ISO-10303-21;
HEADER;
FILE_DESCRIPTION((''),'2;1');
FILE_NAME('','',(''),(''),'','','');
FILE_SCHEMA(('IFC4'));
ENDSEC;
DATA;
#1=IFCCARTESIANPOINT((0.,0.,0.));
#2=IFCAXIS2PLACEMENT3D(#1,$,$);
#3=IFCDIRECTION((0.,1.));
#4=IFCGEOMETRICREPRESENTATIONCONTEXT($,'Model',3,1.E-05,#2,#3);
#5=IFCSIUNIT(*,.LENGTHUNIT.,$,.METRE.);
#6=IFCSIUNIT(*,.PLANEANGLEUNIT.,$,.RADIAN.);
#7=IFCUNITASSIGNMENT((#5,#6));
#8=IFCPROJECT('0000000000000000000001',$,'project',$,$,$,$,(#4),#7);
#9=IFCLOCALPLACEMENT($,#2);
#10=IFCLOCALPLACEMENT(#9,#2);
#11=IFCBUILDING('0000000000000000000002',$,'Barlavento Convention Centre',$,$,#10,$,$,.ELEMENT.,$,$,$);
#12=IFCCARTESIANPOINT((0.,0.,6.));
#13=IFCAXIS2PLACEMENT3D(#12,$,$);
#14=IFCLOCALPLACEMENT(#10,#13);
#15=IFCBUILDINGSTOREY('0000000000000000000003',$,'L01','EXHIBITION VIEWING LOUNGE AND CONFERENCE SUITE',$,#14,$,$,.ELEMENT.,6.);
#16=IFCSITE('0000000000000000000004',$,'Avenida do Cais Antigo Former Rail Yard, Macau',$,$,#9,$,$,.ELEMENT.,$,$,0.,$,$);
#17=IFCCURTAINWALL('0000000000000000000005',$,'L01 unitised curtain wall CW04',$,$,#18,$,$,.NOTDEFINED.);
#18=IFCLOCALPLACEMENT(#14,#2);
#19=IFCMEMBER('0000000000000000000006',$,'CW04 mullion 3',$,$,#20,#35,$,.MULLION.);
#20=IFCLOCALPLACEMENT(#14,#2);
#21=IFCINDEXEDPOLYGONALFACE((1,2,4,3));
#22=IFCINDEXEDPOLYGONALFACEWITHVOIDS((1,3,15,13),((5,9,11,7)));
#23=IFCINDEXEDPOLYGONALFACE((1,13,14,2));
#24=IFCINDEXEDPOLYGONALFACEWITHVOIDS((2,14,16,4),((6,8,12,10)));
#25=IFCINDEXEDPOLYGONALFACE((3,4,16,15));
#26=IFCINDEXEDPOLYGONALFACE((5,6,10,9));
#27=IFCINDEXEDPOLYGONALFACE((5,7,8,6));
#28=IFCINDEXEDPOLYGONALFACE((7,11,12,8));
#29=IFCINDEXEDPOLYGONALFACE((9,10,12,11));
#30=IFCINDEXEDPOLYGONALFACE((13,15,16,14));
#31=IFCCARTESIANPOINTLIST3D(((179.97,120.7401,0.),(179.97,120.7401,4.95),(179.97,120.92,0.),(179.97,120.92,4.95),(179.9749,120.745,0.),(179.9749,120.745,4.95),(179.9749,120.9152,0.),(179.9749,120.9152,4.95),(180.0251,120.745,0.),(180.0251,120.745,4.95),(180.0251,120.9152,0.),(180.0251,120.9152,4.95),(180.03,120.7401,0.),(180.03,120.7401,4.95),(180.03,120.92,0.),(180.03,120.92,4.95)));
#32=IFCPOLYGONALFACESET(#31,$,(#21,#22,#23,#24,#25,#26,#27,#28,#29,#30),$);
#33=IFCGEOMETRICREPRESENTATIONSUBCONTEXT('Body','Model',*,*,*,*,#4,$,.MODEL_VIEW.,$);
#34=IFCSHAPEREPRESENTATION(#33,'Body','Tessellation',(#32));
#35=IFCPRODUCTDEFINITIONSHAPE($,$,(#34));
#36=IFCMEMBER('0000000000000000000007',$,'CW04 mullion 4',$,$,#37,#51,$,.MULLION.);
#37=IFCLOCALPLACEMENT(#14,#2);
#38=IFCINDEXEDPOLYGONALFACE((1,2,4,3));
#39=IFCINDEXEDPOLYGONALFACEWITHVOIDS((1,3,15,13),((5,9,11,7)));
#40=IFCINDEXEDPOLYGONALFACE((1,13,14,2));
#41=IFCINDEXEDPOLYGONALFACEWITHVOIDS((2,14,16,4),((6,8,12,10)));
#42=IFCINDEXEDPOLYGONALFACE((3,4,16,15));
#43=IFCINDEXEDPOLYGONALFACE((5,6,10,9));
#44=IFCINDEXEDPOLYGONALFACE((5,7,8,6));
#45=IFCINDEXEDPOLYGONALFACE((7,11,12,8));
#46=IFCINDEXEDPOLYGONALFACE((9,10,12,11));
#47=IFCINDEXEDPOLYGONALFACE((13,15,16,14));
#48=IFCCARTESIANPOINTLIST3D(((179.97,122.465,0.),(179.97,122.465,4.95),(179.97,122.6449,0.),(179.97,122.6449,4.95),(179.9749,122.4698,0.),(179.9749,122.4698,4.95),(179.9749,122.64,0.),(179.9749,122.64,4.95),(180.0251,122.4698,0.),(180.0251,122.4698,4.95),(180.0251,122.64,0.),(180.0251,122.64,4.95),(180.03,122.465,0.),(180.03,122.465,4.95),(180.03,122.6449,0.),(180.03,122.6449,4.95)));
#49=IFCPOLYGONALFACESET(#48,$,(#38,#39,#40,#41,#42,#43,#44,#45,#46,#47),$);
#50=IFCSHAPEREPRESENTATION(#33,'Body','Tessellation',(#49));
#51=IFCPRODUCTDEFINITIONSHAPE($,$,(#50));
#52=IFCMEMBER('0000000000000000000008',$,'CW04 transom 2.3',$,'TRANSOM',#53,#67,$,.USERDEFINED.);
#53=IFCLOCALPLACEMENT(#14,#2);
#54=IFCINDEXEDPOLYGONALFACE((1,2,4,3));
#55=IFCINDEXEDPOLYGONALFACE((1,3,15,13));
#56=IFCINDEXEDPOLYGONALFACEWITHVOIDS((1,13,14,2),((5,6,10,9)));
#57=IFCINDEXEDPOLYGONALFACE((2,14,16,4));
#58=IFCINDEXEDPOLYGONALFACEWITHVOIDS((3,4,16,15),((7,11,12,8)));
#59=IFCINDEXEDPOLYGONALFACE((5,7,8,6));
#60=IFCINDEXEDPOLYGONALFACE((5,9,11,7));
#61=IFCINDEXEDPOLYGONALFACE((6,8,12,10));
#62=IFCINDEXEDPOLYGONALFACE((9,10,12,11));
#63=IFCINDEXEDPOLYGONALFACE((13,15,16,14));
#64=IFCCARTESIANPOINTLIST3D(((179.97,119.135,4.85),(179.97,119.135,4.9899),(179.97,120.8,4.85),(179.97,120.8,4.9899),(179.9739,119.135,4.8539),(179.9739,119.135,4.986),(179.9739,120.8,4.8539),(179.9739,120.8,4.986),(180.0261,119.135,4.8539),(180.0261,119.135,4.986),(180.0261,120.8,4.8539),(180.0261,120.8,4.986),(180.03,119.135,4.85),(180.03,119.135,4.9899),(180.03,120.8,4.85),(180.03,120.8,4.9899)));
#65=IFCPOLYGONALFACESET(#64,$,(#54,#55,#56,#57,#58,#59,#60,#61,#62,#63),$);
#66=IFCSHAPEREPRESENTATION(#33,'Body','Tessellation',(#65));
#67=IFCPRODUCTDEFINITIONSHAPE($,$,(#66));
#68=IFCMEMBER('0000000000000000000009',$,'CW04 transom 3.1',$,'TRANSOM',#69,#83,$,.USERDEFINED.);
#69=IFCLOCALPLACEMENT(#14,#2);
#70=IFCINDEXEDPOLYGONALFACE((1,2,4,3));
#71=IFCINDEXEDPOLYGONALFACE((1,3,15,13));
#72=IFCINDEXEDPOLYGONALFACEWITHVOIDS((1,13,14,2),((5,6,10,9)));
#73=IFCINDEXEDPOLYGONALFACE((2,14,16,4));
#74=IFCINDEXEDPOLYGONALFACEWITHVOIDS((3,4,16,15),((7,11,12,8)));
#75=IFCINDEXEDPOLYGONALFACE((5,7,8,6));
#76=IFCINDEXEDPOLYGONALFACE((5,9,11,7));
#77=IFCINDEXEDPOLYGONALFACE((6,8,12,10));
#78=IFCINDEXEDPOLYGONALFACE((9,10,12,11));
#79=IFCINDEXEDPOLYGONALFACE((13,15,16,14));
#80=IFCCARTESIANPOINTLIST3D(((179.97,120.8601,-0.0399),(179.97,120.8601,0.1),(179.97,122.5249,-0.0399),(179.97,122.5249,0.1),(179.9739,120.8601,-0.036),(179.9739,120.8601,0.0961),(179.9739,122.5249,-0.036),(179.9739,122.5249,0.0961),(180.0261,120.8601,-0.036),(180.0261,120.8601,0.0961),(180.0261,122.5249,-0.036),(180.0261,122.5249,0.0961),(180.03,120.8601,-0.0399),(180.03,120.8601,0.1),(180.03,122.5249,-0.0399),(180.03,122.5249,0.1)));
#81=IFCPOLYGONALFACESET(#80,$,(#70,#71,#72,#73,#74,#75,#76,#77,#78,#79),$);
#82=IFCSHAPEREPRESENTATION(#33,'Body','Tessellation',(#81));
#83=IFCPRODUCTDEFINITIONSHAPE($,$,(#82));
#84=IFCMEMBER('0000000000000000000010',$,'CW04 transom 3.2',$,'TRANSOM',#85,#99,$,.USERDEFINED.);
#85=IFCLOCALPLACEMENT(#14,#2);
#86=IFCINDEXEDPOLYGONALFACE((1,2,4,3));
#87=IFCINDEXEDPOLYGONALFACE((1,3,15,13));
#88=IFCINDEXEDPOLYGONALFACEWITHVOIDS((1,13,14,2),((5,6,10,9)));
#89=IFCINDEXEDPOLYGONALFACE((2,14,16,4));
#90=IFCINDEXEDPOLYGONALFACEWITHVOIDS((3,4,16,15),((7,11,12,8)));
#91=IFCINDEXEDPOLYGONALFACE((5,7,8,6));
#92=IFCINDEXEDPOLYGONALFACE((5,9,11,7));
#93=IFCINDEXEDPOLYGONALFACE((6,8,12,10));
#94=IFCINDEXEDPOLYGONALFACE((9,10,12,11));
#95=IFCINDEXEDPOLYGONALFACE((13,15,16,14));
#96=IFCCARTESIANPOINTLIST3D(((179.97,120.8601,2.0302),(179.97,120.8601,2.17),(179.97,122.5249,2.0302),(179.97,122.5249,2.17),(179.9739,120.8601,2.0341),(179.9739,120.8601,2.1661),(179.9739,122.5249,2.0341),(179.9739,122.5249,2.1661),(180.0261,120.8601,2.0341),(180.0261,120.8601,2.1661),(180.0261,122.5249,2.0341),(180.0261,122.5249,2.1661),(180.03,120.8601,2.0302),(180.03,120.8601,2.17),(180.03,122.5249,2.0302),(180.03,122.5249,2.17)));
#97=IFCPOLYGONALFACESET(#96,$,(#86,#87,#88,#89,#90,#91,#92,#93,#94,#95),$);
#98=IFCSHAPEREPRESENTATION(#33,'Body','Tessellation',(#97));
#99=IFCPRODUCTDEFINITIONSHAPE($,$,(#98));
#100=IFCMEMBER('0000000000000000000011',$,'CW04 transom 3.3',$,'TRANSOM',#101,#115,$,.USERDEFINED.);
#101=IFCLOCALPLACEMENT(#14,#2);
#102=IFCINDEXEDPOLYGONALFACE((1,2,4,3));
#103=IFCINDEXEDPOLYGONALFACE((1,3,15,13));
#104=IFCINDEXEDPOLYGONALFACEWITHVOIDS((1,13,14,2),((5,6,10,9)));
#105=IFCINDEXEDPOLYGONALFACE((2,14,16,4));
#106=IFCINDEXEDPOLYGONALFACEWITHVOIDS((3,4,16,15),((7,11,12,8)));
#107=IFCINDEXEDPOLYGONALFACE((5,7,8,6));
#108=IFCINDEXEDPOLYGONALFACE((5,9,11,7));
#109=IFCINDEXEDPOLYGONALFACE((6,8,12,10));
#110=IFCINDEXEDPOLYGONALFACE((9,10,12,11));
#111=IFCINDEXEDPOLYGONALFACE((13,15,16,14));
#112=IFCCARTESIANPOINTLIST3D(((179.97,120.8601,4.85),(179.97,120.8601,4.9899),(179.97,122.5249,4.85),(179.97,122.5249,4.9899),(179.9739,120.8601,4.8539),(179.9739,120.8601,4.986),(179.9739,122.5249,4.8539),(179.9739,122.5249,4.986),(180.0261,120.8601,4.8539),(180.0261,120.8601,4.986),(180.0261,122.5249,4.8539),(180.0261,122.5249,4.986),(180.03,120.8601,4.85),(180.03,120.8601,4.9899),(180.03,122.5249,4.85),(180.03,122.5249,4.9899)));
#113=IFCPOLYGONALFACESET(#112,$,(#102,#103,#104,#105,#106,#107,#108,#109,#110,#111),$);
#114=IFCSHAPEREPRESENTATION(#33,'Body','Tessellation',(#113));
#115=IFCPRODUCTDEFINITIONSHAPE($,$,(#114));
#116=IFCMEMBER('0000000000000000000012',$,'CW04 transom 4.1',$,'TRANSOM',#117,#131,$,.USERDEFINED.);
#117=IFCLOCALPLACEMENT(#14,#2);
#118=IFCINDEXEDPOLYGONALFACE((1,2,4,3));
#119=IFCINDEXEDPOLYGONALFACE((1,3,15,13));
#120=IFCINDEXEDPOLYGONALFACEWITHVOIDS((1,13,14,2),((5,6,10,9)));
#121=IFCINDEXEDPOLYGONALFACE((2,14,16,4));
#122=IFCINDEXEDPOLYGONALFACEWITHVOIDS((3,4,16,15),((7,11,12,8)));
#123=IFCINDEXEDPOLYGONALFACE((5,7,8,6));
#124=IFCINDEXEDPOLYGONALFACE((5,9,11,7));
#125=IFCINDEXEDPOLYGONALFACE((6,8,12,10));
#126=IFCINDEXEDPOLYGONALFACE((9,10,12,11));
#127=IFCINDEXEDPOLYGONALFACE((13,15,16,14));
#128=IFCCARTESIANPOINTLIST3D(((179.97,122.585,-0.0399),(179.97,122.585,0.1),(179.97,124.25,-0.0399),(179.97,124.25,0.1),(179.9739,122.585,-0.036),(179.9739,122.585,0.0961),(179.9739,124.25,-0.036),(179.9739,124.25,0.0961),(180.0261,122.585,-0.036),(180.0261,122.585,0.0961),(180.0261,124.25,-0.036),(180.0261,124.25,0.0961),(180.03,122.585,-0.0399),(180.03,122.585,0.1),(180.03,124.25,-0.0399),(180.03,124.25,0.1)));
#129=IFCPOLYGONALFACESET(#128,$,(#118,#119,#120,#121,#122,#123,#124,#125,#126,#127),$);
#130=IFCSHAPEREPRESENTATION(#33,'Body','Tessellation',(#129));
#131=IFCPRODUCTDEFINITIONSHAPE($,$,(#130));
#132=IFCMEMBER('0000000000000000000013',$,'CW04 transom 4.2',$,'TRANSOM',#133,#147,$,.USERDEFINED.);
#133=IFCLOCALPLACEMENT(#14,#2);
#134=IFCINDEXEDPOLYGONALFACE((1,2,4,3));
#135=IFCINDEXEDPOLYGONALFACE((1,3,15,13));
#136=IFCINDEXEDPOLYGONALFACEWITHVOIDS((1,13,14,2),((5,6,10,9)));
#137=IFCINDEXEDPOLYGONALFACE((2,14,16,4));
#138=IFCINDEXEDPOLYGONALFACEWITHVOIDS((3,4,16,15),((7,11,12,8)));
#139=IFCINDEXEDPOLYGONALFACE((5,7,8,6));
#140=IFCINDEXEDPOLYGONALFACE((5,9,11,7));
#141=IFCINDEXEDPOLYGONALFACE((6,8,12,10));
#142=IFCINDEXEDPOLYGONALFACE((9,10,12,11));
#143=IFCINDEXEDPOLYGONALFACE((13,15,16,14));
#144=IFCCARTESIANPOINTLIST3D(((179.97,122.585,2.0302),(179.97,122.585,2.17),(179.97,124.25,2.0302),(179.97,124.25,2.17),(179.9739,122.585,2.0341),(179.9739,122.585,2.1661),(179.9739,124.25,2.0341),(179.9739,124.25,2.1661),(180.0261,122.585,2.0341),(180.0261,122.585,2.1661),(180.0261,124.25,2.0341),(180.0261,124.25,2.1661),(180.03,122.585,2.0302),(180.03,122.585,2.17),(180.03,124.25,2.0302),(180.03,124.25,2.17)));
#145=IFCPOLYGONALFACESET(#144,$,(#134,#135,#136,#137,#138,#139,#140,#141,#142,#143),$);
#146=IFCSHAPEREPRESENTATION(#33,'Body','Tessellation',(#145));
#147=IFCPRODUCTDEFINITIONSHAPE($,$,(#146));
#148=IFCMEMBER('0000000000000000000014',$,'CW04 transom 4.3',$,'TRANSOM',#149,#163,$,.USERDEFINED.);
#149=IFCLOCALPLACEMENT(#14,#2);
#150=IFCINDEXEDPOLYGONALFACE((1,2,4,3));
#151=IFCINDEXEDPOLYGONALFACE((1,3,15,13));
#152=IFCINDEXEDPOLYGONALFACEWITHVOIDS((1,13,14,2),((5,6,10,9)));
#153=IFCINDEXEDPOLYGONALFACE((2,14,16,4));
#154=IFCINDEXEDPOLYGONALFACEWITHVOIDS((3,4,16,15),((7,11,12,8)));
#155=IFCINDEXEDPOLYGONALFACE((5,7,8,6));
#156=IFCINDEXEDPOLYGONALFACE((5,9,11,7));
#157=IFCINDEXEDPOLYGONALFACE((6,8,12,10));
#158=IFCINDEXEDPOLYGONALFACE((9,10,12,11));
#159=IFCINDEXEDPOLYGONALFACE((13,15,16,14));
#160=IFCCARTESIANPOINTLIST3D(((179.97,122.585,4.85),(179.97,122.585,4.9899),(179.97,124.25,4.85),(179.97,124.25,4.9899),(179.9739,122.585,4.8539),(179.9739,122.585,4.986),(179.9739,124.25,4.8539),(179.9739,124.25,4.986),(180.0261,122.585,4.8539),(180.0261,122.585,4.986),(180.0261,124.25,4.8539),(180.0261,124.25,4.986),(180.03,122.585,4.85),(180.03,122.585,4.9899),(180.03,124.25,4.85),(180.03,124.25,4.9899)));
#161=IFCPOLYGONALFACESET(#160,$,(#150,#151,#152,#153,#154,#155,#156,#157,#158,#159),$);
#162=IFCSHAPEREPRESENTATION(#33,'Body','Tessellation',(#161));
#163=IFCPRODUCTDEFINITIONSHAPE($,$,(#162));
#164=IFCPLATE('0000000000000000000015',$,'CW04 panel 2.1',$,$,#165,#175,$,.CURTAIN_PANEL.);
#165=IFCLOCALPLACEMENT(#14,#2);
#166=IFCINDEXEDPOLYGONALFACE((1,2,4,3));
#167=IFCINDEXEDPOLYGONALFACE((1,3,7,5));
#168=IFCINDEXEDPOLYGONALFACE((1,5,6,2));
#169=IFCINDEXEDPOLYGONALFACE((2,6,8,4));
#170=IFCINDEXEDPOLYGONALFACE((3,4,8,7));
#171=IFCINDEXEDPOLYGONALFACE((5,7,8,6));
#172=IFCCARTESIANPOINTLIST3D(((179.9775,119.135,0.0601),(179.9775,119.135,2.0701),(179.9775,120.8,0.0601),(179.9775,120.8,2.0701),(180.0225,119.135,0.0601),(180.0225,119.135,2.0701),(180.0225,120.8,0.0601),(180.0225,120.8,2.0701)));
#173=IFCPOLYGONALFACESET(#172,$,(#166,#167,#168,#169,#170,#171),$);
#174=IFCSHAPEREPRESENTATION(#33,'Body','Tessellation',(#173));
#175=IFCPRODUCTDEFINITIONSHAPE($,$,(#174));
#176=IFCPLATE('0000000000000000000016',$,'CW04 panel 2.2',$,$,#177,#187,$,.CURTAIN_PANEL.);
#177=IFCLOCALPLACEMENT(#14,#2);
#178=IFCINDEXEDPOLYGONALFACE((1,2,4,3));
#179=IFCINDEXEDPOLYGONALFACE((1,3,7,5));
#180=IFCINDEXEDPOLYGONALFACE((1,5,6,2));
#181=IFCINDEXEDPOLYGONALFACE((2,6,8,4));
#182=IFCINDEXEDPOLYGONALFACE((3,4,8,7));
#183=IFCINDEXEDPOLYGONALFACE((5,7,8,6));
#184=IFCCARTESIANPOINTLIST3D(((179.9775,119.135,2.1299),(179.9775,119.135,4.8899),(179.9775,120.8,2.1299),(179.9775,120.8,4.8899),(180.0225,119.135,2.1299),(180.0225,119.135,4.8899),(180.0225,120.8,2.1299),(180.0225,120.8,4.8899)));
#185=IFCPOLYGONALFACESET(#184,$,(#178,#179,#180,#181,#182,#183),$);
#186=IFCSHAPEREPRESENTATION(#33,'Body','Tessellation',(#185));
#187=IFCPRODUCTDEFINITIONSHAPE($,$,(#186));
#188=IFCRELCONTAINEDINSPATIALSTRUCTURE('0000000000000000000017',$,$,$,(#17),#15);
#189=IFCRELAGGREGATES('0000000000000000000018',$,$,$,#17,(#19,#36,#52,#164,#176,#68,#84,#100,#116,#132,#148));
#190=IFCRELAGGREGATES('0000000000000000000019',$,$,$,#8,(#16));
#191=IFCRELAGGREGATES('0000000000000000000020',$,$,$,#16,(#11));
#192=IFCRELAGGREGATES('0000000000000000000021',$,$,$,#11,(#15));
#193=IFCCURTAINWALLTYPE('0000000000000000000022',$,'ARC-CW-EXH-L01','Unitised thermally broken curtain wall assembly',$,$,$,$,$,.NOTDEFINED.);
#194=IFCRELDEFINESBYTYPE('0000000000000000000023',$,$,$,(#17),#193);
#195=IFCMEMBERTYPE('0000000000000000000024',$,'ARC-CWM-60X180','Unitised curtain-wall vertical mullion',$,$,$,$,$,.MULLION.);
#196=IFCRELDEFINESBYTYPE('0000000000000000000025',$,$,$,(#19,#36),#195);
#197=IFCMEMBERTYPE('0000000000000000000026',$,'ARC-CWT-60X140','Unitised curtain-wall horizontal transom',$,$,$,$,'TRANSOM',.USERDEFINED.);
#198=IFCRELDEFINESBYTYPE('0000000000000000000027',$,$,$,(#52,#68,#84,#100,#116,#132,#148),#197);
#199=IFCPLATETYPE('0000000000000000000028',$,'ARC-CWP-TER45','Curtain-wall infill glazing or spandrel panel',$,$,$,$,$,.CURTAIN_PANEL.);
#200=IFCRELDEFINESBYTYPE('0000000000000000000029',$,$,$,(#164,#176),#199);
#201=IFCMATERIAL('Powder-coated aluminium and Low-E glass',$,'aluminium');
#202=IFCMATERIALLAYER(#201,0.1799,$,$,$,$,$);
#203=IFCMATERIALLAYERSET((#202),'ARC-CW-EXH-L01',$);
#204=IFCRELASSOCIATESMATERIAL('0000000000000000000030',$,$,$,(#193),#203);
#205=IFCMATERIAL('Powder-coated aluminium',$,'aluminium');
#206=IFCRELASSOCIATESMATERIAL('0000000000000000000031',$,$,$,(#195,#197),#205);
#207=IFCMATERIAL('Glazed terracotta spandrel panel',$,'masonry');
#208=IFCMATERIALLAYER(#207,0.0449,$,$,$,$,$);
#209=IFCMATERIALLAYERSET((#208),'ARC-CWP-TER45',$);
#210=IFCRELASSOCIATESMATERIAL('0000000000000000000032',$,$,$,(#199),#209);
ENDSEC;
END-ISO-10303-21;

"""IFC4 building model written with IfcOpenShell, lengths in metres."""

from ifc_helpers import new_model, si_unit, direction, frame, origin, origin_2d, place, context, subcontext, project, spatial, rectangle, hollow_rectangle, extrude, material, layer, layer_set, material_profile, profile_set, type_object, element, aggregate, save


model = new_model("IFC4")

# Units and contexts
model_context = context("Model", 3, precision=1e-05, world=origin(), true_north=direction((0.0, 1.0)))
body_context = subcontext(model_context, "Body", "Model", "MODEL_VIEW")
ifc_project = project(units=[si_unit("LENGTHUNIT", "METRE"), si_unit("PLANEANGLEUNIT", "RADIAN")], contexts=[model_context])

# Site, building, storey
site_placement = place(None, origin())
site = spatial("IfcSite", under=ifc_project, at=site_placement, Name="Avenida do Cais Antigo Former Rail Yard, Macau", CompositionType="ELEMENT", RefElevation=0.0)
building_placement = place(site_placement, origin())
building = spatial("IfcBuilding", under=site, at=building_placement, Name="Barlavento Convention Centre", CompositionType="ELEMENT")
storey_placement = place(building_placement, frame((0.0, 0.0, 6.0)))
storey = spatial("IfcBuildingStorey", under=building, at=storey_placement, Name="L01", Description="EXHIBITION VIEWING LOUNGE AND CONFERENCE SUITE", CompositionType="ELEMENT", Elevation=6.0)

# Curtain wall, members, plates
ifc_material_1 = material(Name="Powder-coated aluminium and Low-E glass", Category="aluminium")
ifc_layer_1 = layer(ifc_material_1, 0.1799)
ifc_layer_set_1 = layer_set([ifc_layer_1], Name="ARC-CW-EXH-L01")
curtain_wall_type = type_object("IfcCurtainWallType", Name="ARC-CW-EXH-L01", Description="Unitised thermally broken curtain wall assembly", PredefinedType="NOTDEFINED", material=ifc_layer_set_1)
curtain_wall_placement = place(storey_placement, origin())
curtain_wall = element("IfcCurtainWall", 1, at=curtain_wall_placement, inside=storey, type_object=curtain_wall_type, Name="L01 unitised curtain wall CW04", PredefinedType="NOTDEFINED")
ifc_material_2 = material(Name="Powder-coated aluminium", Category="aluminium")
ifc_material_profile_1 = material_profile(ifc_material_2, hollow_rectangle(XDim=0.0601, YDim=0.1799, WallThickness=0.0049, at=origin_2d()), Name="AL-MULL 60x180x5")
ifc_profile_set_1 = profile_set([ifc_material_profile_1], Name="Powder-coated aluminium")
member_type_1 = type_object("IfcMemberType", Name="ARC-CWM-60X180", Description="Unitised curtain-wall vertical mullion", PredefinedType="MULLION", material=ifc_profile_set_1)
member_1_placement = place(storey_placement, frame((180.0, 120.8301, 0.0), z_axis=(0.0, 0.0, 1.0), x_axis=(-1.0, 0.0, 0.0)))
member_1 = element("IfcMember", 2, at=member_1_placement, type_object=member_type_1, Name="CW04 mullion 3", PredefinedType="MULLION", context=body_context, shape_type="SweptSolid", body=[
    extrude(hollow_rectangle(XDim=0.0601, YDim=0.1799, WallThickness=0.0049, at=origin_2d()), origin(), (0.0, 0.0, 1.0), 4.95),
])
member_2_placement = place(storey_placement, frame((180.0, 122.5549, 0.0), z_axis=(0.0, 0.0, 1.0), x_axis=(-1.0, 0.0, 0.0)))
member_2 = element("IfcMember", 3, at=member_2_placement, type_object=member_type_1, Name="CW04 mullion 4", PredefinedType="MULLION", context=body_context, shape_type="SweptSolid", body=[
    extrude(hollow_rectangle(XDim=0.0601, YDim=0.1799, WallThickness=0.0049, at=origin_2d()), origin(), (0.0, 0.0, 1.0), 4.95),
])
ifc_material_profile_2 = material_profile(ifc_material_2, hollow_rectangle(XDim=0.0601, YDim=0.1399, WallThickness=0.0039, at=origin_2d()), Name="AL-TRAN 60x140x4")
ifc_profile_set_2 = profile_set([ifc_material_profile_2], Name="Powder-coated aluminium")
member_type_2 = type_object("IfcMemberType", Name="ARC-CWT-60X140", Description="Unitised curtain-wall horizontal transom", ElementType="TRANSOM", PredefinedType="USERDEFINED", material=ifc_profile_set_2)
member_3_placement = place(storey_placement, frame((180.0, 119.135, 4.9199), z_axis=(0.0, 1.0, 0.0), x_axis=(-1.0, 0.0, 0.0)))
member_3 = element("IfcMember", 4, at=member_3_placement, type_object=member_type_2, Name="CW04 transom 2.3", ObjectType="TRANSOM", PredefinedType="USERDEFINED", context=body_context, shape_type="SweptSolid", body=[
    extrude(hollow_rectangle(XDim=0.0601, YDim=0.1399, WallThickness=0.0039, at=origin_2d()), origin(), (0.0, 0.0, 1.0), 1.665),
])
member_4_placement = place(storey_placement, frame((180.0, 120.8601, 0.03), z_axis=(0.0, 1.0, 0.0), x_axis=(-1.0, 0.0, 0.0)))
member_4 = element("IfcMember", 5, at=member_4_placement, type_object=member_type_2, Name="CW04 transom 3.1", ObjectType="TRANSOM", PredefinedType="USERDEFINED", context=body_context, shape_type="SweptSolid", body=[
    extrude(hollow_rectangle(XDim=0.0601, YDim=0.1399, WallThickness=0.0039, at=origin_2d()), origin(), (0.0, 0.0, 1.0), 1.6648),
])
member_5_placement = place(storey_placement, frame((180.0, 120.8601, 2.1001), z_axis=(0.0, 1.0, 0.0), x_axis=(-1.0, 0.0, 0.0)))
member_5 = element("IfcMember", 6, at=member_5_placement, type_object=member_type_2, Name="CW04 transom 3.2", ObjectType="TRANSOM", PredefinedType="USERDEFINED", context=body_context, shape_type="SweptSolid", body=[
    extrude(hollow_rectangle(XDim=0.0601, YDim=0.1399, WallThickness=0.0039, at=origin_2d()), origin(), (0.0, 0.0, 1.0), 1.6648),
])
member_6_placement = place(storey_placement, frame((180.0, 120.8601, 4.9199), z_axis=(0.0, 1.0, 0.0), x_axis=(-1.0, 0.0, 0.0)))
member_6 = element("IfcMember", 7, at=member_6_placement, type_object=member_type_2, Name="CW04 transom 3.3", ObjectType="TRANSOM", PredefinedType="USERDEFINED", context=body_context, shape_type="SweptSolid", body=[
    extrude(hollow_rectangle(XDim=0.0601, YDim=0.1399, WallThickness=0.0039, at=origin_2d()), origin(), (0.0, 0.0, 1.0), 1.6648),
])
member_7_placement = place(storey_placement, frame((180.0, 122.585, 0.03), z_axis=(0.0, 1.0, 0.0), x_axis=(-1.0, 0.0, 0.0)))
member_7 = element("IfcMember", 8, at=member_7_placement, type_object=member_type_2, Name="CW04 transom 4.1", ObjectType="TRANSOM", PredefinedType="USERDEFINED", context=body_context, shape_type="SweptSolid", body=[
    extrude(hollow_rectangle(XDim=0.0601, YDim=0.1399, WallThickness=0.0039, at=origin_2d()), origin(), (0.0, 0.0, 1.0), 1.665),
])
member_8_placement = place(storey_placement, frame((180.0, 122.585, 2.1001), z_axis=(0.0, 1.0, 0.0), x_axis=(-1.0, 0.0, 0.0)))
member_8 = element("IfcMember", 9, at=member_8_placement, type_object=member_type_2, Name="CW04 transom 4.2", ObjectType="TRANSOM", PredefinedType="USERDEFINED", context=body_context, shape_type="SweptSolid", body=[
    extrude(hollow_rectangle(XDim=0.0601, YDim=0.1399, WallThickness=0.0039, at=origin_2d()), origin(), (0.0, 0.0, 1.0), 1.665),
])
member_9_placement = place(storey_placement, frame((180.0, 122.585, 4.9199), z_axis=(0.0, 1.0, 0.0), x_axis=(-1.0, 0.0, 0.0)))
member_9 = element("IfcMember", 10, at=member_9_placement, type_object=member_type_2, Name="CW04 transom 4.3", ObjectType="TRANSOM", PredefinedType="USERDEFINED", context=body_context, shape_type="SweptSolid", body=[
    extrude(hollow_rectangle(XDim=0.0601, YDim=0.1399, WallThickness=0.0039, at=origin_2d()), origin(), (0.0, 0.0, 1.0), 1.665),
])
ifc_material_3 = material(Name="Glazed terracotta spandrel panel", Category="masonry")
ifc_layer_2 = layer(ifc_material_3, 0.0449)
ifc_layer_set_2 = layer_set([ifc_layer_2], Name="ARC-CWP-TER45")
plate_type = type_object("IfcPlateType", Name="ARC-CWP-TER45", Description="Curtain-wall infill glazing or spandrel panel", PredefinedType="CURTAIN_PANEL", material=ifc_layer_set_2)
plate_1_placement = place(storey_placement, frame((180.0, 119.9675, 0.0601), z_axis=(0.0, 0.0, 1.0), x_axis=(0.0, 1.0, 0.0)))
plate_1 = element("IfcPlate", 11, at=plate_1_placement, type_object=plate_type, Name="CW04 panel 2.1", PredefinedType="CURTAIN_PANEL", context=body_context, shape_type="SweptSolid", body=[
    extrude(rectangle(XDim=1.665, YDim=0.0449, at=origin_2d()), origin(), (0.0, 0.0, 1.0), 2.01),
])
plate_2_placement = place(storey_placement, frame((180.0, 119.9675, 2.1299), z_axis=(0.0, 0.0, 1.0), x_axis=(0.0, 1.0, 0.0)))
plate_2 = element("IfcPlate", 12, at=plate_2_placement, type_object=plate_type, Name="CW04 panel 2.2", PredefinedType="CURTAIN_PANEL", context=body_context, shape_type="SweptSolid", body=[
    extrude(rectangle(XDim=1.665, YDim=0.0449, at=origin_2d()), origin(), (0.0, 0.0, 1.0), 2.76),
])
aggregate(curtain_wall, [member_1, member_2, member_3, plate_1, plate_2, member_4, member_5, member_6, member_7, member_8, member_9])

save(model, "model.ifc")
